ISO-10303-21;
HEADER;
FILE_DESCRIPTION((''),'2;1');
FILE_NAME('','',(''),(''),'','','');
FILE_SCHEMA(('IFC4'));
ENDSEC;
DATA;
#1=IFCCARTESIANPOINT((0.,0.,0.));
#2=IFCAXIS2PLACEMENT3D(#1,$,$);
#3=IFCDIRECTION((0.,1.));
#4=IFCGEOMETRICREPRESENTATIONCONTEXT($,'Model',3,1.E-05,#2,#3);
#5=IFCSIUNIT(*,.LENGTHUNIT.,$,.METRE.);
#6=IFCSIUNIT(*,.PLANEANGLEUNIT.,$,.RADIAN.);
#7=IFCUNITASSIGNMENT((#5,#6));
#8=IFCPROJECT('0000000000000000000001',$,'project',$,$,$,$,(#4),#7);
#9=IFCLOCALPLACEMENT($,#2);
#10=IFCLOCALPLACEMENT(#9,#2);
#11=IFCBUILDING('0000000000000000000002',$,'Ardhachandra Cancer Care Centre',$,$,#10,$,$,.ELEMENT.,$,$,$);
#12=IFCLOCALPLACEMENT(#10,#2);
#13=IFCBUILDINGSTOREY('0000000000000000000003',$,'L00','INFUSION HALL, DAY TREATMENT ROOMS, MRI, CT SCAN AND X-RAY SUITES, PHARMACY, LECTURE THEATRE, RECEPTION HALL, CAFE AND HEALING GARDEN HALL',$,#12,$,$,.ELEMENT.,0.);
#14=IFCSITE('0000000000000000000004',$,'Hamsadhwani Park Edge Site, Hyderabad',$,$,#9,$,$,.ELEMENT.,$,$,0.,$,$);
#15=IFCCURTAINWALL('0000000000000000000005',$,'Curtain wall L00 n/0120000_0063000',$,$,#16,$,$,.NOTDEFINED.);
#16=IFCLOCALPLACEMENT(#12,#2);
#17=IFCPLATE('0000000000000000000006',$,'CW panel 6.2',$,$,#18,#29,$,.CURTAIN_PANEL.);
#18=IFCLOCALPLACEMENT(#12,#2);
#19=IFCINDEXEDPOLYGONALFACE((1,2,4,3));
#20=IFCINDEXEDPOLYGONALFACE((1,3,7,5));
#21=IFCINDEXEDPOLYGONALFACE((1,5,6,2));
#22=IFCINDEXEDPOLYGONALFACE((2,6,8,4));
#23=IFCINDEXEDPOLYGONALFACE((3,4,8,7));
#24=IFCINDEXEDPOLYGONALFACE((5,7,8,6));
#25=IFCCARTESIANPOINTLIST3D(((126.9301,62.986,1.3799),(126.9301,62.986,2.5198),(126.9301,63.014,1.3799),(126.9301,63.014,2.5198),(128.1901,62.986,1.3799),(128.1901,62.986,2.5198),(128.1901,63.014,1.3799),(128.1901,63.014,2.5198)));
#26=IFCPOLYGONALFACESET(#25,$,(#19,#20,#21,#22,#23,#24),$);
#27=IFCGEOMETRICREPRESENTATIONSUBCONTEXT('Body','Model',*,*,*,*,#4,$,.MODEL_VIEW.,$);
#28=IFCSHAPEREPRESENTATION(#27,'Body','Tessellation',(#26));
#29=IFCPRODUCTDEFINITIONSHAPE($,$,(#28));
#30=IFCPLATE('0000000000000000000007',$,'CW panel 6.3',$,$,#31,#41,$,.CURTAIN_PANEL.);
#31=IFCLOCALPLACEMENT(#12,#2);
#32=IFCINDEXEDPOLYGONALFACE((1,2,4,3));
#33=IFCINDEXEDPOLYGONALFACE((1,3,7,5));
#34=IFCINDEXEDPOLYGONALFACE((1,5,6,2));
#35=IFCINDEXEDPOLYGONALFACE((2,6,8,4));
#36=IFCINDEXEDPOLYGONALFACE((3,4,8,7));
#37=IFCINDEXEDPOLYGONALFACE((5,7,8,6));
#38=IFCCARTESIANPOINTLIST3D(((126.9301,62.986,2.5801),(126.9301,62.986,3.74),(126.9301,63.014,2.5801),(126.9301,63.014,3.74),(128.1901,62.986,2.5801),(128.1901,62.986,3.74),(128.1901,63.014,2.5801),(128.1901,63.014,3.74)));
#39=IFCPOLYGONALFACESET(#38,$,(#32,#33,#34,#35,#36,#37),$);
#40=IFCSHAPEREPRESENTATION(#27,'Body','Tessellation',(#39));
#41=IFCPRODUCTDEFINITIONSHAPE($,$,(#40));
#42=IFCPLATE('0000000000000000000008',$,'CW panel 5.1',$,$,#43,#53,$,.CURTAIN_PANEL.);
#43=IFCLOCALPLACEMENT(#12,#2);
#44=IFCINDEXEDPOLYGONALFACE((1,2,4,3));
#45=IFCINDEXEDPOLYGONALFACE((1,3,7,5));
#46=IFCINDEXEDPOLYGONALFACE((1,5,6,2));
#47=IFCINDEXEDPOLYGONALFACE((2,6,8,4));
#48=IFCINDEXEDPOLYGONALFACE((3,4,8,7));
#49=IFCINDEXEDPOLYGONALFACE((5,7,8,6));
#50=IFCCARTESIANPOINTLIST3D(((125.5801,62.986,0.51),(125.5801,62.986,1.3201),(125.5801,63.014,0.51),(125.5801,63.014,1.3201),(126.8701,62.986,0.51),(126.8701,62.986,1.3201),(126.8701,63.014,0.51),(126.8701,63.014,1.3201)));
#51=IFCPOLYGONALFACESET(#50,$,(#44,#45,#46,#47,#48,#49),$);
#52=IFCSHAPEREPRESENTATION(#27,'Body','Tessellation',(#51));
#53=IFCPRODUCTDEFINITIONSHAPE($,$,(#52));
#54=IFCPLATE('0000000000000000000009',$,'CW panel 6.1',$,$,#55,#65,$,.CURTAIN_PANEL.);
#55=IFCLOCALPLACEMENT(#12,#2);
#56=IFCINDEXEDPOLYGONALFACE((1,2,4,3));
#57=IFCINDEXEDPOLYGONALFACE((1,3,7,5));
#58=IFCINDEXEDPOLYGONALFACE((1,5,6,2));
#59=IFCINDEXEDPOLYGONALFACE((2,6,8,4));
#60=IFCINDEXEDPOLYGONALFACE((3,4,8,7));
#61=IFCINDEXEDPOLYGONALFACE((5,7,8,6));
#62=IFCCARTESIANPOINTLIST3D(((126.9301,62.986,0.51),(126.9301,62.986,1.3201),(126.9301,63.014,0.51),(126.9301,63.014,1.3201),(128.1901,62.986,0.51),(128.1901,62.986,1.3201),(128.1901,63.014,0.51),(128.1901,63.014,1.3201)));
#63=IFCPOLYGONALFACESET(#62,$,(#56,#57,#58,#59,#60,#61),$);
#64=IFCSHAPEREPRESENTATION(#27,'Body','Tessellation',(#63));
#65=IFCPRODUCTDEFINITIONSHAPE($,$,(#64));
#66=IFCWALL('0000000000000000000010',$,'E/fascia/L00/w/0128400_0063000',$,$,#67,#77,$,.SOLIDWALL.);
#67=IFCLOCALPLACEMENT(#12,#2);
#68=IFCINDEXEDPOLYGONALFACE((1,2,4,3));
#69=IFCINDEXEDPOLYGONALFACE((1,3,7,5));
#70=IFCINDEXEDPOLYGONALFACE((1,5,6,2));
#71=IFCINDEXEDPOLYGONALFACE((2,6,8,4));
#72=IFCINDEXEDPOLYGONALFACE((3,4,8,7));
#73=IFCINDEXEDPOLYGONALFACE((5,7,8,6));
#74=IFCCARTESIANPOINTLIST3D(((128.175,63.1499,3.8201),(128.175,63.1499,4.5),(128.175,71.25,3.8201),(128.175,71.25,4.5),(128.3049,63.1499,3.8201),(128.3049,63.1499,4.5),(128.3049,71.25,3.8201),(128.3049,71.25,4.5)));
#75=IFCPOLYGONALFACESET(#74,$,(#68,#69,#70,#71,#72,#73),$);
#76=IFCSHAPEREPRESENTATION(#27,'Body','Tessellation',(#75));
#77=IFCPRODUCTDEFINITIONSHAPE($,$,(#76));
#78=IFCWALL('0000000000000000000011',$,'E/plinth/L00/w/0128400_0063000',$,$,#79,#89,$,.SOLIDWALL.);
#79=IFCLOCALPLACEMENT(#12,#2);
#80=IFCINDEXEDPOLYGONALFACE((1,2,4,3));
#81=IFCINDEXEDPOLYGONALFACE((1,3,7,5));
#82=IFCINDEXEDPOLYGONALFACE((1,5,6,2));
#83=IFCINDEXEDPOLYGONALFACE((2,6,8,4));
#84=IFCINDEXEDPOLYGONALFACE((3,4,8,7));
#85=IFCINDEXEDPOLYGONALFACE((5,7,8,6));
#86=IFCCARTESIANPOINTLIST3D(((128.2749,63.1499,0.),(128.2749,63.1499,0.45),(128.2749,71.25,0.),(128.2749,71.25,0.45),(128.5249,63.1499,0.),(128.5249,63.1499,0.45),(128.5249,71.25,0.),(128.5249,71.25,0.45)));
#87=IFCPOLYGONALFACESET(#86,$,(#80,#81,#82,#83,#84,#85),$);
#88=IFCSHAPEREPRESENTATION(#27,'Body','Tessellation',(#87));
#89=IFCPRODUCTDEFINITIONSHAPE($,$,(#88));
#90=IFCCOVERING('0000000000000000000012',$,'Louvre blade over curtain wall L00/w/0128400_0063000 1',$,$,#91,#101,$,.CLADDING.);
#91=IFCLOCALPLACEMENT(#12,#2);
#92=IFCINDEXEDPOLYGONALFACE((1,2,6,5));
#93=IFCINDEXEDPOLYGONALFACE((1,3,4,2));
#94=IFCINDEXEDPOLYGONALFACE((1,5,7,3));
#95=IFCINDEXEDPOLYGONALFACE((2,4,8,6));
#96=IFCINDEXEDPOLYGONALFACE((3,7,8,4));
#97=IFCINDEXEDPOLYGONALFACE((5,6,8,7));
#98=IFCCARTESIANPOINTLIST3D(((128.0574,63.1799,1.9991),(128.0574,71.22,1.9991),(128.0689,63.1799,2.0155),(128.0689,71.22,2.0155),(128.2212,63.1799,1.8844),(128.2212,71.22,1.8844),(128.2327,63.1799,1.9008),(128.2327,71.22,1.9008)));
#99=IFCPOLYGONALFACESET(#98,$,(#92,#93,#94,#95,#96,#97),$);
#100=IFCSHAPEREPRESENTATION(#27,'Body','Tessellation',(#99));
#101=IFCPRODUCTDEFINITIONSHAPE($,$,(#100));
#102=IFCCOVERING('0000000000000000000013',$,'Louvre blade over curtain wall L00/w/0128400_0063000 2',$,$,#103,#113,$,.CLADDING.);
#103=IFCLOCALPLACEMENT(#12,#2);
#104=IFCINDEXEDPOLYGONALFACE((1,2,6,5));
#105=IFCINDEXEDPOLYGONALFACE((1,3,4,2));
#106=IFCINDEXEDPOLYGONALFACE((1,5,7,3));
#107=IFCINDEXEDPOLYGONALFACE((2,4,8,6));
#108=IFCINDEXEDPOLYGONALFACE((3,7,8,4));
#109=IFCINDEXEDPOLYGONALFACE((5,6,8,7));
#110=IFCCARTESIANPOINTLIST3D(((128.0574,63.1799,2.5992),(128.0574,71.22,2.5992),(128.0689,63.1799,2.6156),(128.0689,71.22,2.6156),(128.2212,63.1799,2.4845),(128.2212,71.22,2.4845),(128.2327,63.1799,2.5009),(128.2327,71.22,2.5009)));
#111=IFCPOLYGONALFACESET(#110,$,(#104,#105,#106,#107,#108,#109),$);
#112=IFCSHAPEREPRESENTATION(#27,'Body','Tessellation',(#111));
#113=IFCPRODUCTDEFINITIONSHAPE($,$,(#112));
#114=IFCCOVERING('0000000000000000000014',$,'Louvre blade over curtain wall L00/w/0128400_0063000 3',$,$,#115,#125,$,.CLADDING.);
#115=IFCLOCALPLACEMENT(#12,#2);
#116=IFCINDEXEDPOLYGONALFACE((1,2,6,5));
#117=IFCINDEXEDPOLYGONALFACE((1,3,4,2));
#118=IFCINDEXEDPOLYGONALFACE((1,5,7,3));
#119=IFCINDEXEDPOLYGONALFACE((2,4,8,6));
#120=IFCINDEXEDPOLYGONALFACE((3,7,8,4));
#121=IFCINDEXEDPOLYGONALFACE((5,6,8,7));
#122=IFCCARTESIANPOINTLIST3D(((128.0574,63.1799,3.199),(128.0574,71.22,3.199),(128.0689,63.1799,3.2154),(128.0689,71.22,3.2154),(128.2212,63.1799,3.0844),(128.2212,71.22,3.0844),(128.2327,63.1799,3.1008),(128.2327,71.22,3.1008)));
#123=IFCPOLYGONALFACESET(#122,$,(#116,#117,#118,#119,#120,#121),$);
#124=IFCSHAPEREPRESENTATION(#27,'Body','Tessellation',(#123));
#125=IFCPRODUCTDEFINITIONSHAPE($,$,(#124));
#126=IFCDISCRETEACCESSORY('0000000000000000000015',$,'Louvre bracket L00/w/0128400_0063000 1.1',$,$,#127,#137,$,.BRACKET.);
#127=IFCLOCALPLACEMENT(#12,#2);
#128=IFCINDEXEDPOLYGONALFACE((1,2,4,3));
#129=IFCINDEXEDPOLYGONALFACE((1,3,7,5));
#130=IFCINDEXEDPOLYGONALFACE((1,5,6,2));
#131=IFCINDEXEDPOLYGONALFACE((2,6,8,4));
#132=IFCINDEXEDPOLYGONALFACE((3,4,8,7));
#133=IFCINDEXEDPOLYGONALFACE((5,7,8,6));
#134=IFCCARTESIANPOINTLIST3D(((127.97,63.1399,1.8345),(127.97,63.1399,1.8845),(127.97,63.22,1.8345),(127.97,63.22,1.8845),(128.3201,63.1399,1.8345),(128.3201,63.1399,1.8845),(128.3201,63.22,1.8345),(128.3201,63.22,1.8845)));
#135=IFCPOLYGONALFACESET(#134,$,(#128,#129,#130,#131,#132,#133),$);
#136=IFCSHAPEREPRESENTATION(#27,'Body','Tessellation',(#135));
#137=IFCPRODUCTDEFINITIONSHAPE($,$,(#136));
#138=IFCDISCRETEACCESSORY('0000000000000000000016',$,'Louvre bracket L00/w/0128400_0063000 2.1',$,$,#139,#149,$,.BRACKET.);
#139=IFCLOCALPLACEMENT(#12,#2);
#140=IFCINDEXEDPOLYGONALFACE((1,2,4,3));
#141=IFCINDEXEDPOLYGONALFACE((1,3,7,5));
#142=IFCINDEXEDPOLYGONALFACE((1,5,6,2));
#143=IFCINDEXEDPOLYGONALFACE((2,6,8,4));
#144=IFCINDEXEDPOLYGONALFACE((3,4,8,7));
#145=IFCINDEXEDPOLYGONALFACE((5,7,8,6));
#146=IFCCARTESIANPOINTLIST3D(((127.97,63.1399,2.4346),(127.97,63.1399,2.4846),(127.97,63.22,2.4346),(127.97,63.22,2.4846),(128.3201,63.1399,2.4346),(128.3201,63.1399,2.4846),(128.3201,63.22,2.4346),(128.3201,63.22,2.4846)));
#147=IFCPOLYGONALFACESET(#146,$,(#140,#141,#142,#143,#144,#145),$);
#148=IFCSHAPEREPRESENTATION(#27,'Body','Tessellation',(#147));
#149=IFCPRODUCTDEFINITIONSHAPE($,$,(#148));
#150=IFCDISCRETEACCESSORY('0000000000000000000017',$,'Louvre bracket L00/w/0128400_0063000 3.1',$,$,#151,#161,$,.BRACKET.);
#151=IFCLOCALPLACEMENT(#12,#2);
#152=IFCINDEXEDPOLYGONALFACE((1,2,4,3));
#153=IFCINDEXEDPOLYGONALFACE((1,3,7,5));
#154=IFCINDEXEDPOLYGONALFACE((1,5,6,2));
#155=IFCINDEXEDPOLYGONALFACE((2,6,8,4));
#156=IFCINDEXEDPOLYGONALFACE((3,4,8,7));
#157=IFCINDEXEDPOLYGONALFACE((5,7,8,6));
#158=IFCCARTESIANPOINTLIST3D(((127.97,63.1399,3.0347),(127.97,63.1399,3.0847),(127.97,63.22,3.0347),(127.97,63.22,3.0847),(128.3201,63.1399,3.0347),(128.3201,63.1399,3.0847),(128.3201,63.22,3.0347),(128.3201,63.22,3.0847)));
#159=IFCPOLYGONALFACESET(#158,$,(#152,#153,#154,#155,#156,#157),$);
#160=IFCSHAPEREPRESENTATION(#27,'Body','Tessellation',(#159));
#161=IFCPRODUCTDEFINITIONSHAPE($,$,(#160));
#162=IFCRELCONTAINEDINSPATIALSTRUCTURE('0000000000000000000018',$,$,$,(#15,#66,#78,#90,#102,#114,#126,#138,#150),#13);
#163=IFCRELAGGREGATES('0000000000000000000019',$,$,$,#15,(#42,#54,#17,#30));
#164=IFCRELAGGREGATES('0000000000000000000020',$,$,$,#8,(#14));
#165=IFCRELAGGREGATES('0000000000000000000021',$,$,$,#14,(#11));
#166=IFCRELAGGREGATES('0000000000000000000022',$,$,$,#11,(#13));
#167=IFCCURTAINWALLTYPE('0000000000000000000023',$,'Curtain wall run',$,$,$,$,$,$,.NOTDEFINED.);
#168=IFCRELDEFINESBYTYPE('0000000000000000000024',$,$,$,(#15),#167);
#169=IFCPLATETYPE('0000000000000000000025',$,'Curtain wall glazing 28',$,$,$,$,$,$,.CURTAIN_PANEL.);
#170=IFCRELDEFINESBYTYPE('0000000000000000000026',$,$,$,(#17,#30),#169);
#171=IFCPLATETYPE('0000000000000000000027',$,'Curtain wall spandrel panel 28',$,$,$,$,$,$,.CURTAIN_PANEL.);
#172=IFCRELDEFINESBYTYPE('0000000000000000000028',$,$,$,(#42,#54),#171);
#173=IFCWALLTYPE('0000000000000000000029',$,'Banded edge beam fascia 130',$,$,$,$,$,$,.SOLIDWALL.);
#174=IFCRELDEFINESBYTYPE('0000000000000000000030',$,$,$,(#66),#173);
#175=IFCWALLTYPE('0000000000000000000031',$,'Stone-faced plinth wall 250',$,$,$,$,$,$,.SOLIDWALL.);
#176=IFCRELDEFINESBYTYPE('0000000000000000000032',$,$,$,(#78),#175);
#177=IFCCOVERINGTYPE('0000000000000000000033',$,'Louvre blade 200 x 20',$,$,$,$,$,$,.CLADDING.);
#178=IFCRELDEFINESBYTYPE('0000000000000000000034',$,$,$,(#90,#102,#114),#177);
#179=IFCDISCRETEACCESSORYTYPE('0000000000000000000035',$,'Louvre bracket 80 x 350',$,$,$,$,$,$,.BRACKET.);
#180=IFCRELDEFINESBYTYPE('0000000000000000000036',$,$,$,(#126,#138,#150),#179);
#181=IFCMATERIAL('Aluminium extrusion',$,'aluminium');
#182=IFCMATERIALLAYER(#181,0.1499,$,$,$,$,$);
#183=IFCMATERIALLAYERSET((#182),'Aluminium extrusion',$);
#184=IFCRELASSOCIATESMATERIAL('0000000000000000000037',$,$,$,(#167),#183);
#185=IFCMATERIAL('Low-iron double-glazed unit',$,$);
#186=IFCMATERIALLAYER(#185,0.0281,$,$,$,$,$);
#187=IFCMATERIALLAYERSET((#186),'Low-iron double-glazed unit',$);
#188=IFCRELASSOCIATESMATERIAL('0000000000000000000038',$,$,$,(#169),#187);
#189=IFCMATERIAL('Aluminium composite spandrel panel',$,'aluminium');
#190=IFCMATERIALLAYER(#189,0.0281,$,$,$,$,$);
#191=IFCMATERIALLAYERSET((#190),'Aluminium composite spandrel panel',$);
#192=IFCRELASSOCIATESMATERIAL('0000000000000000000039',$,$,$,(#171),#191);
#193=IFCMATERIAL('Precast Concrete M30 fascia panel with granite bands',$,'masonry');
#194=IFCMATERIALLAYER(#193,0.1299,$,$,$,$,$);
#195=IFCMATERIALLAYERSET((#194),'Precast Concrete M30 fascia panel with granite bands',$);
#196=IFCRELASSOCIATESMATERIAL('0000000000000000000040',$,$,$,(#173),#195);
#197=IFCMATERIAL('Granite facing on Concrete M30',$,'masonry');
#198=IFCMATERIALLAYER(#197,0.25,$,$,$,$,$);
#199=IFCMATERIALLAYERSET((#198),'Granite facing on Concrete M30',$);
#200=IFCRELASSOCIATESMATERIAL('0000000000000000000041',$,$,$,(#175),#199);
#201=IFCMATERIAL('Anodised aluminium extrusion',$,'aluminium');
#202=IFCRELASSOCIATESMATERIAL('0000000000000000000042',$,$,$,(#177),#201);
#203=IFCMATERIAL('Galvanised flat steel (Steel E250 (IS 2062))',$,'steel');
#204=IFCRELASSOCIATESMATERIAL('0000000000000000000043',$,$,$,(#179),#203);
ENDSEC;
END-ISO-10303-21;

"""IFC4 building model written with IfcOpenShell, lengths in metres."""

from ifc_helpers import new_model, si_unit, direction, frame, frame_2d, origin, origin_2d, place, context, subcontext, project, spatial, rectangle, extrude, material, layer, layer_set, material_profile, profile_set, type_object, element, aggregate, save


model = new_model("IFC4")

# Units and contexts
model_context = context("Model", 3, precision=1e-05, world=origin(), true_north=direction((0.0, 1.0)))
body_context = subcontext(model_context, "Body", "Model", "MODEL_VIEW")
ifc_project = project(units=[si_unit("LENGTHUNIT", "METRE"), si_unit("PLANEANGLEUNIT", "RADIAN")], contexts=[model_context])

# Site, building, storey
site_placement = place(None, origin())
site = spatial("IfcSite", under=ifc_project, at=site_placement, Name="Hamsadhwani Park Edge Site, Hyderabad", CompositionType="ELEMENT", RefElevation=0.0)
building_placement = place(site_placement, origin())
building = spatial("IfcBuilding", under=site, at=building_placement, Name="Ardhachandra Cancer Care Centre", CompositionType="ELEMENT")
storey_placement = place(building_placement, origin())
storey = spatial("IfcBuildingStorey", under=building, at=storey_placement, Name="L00", Description="INFUSION HALL, DAY TREATMENT ROOMS, MRI, CT SCAN AND X-RAY SUITES, PHARMACY, LECTURE THEATRE, RECEPTION HALL, CAFE AND HEALING GARDEN HALL", CompositionType="ELEMENT", Elevation=0.0)

# Curtain wall
ifc_material_1 = material(Name="Aluminium extrusion", Category="aluminium")
ifc_layer_1 = layer(ifc_material_1, 0.1499)
ifc_layer_set_1 = layer_set([ifc_layer_1], Name="Aluminium extrusion")
curtain_wall_type = type_object("IfcCurtainWallType", Name="Curtain wall run", PredefinedType="NOTDEFINED", material=ifc_layer_set_1)
curtain_wall_1_placement = place(storey_placement, origin())
curtain_wall_1 = element("IfcCurtainWall", 1, at=curtain_wall_1_placement, inside=storey, type_object=curtain_wall_type, Name="Curtain wall L00 n/0120000_0063000", PredefinedType="NOTDEFINED")

# Plates
ifc_material_2 = material(Name="Low-iron double-glazed unit")
ifc_layer_2 = layer(ifc_material_2, 0.0281)
ifc_layer_set_2 = layer_set([ifc_layer_2], Name="Low-iron double-glazed unit")
plate_type_1 = type_object("IfcPlateType", Name="Curtain wall glazing 28", PredefinedType="CURTAIN_PANEL", material=ifc_layer_set_2)
plate_1_placement = place(storey_placement, frame((127.5601, 63.0, 1.3799), z_axis=(0.0, 0.0, 1.0), x_axis=(1.0, 0.0, 0.0)))
plate_1 = element("IfcPlate", 2, at=plate_1_placement, type_object=plate_type_1, Name="CW panel 6.2", PredefinedType="CURTAIN_PANEL", context=body_context, shape_type="SweptSolid", body=[
    extrude(rectangle(XDim=1.26, YDim=0.0281, at=origin_2d()), origin(), (0.0, 0.0, 1.0), 1.1399),
])
plate_2_placement = place(storey_placement, frame((127.5601, 63.0, 2.5801), z_axis=(0.0, 0.0, 1.0), x_axis=(1.0, 0.0, 0.0)))
plate_2 = element("IfcPlate", 3, at=plate_2_placement, type_object=plate_type_1, Name="CW panel 6.3", PredefinedType="CURTAIN_PANEL", context=body_context, shape_type="SweptSolid", body=[
    extrude(rectangle(XDim=1.26, YDim=0.0281, at=origin_2d()), origin(), (0.0, 0.0, 1.0), 1.1599),
])
ifc_material_3 = material(Name="Aluminium composite spandrel panel", Category="aluminium")
ifc_layer_3 = layer(ifc_material_3, 0.0281)
ifc_layer_set_3 = layer_set([ifc_layer_3], Name="Aluminium composite spandrel panel")
plate_type_2 = type_object("IfcPlateType", Name="Curtain wall spandrel panel 28", PredefinedType="CURTAIN_PANEL", material=ifc_layer_set_3)
plate_3_placement = place(storey_placement, frame((126.2251, 63.0, 0.51), z_axis=(0.0, 0.0, 1.0), x_axis=(1.0, 0.0, 0.0)))
plate_3 = element("IfcPlate", 4, at=plate_3_placement, type_object=plate_type_2, Name="CW panel 5.1", PredefinedType="CURTAIN_PANEL", context=body_context, shape_type="SweptSolid", body=[
    extrude(rectangle(XDim=1.29, YDim=0.0281, at=origin_2d()), origin(), (0.0, 0.0, 1.0), 0.8101),
])
plate_4_placement = place(storey_placement, frame((127.5601, 63.0, 0.51), z_axis=(0.0, 0.0, 1.0), x_axis=(1.0, 0.0, 0.0)))
plate_4 = element("IfcPlate", 5, at=plate_4_placement, type_object=plate_type_2, Name="CW panel 6.1", PredefinedType="CURTAIN_PANEL", context=body_context, shape_type="SweptSolid", body=[
    extrude(rectangle(XDim=1.26, YDim=0.0281, at=origin_2d()), origin(), (0.0, 0.0, 1.0), 0.8101),
])
aggregate(curtain_wall_1, [plate_3, plate_4, plate_1, plate_2])

# Walls
ifc_material_4 = material(Name="Precast Concrete M30 fascia panel with granite bands", Category="masonry")
ifc_layer_4 = layer(ifc_material_4, 0.1299)
ifc_layer_set_4 = layer_set([ifc_layer_4], Name="Precast Concrete M30 fascia panel with granite bands")
wall_type_1 = type_object("IfcWallType", Name="Banded edge beam fascia 130", PredefinedType="SOLIDWALL", material=ifc_layer_set_4)
wall_1_placement = place(storey_placement, frame((128.24, 63.1499, 3.8201), z_axis=(0.0, 0.0, 1.0), x_axis=(0.0, 1.0, 0.0)))
element("IfcWall", 6, at=wall_1_placement, inside=storey, type_object=wall_type_1, Name="E/fascia/L00/w/0128400_0063000", PredefinedType="SOLIDWALL", context=body_context, shape_type="SweptSolid", body=[
    extrude(rectangle(XDim=8.1001, YDim=0.1299, at=frame_2d((4.05, 0.0))), origin(), (0.0, 0.0, 1.0), 0.6799),
])
ifc_material_5 = material(Name="Granite facing on Concrete M30", Category="masonry")
ifc_layer_5 = layer(ifc_material_5, 0.25)
ifc_layer_set_5 = layer_set([ifc_layer_5], Name="Granite facing on Concrete M30")
wall_type_2 = type_object("IfcWallType", Name="Stone-faced plinth wall 250", PredefinedType="SOLIDWALL", material=ifc_layer_set_5)
wall_2_placement = place(storey_placement, frame((128.3999, 63.1499, 0.0), z_axis=(0.0, 0.0, 1.0), x_axis=(0.0, 1.0, 0.0)))
element("IfcWall", 7, at=wall_2_placement, inside=storey, type_object=wall_type_2, Name="E/plinth/L00/w/0128400_0063000", PredefinedType="SOLIDWALL", context=body_context, shape_type="SweptSolid", body=[
    extrude(rectangle(XDim=8.1001, YDim=0.25, at=frame_2d((4.05, 0.0))), origin(), (0.0, 0.0, 1.0), 0.45),
])

# Coverings
ifc_material_6 = material(Name="Anodised aluminium extrusion", Category="aluminium")
ifc_material_profile_1 = material_profile(ifc_material_6, rectangle(XDim=0.2, YDim=0.02, at=origin_2d()), Name="Louvre blade 200 x 20")
ifc_profile_set_1 = profile_set([ifc_material_profile_1], Name="Anodised aluminium extrusion")
covering_type = type_object("IfcCoveringType", Name="Louvre blade 200 x 20", PredefinedType="CLADDING", material=ifc_profile_set_1)
for number, where, z_axis, x_axis, name in (
    (8, (128.145, 63.1799, 1.95), (0.0, 1.0, 0.0), (-0.819152, 0.0, 0.573576), "Louvre blade over curtain wall L00/w/0128400_0063000 1"),
    (9, (128.145, 63.1799, 2.55), (0.0, 1.0, 0.0), (-0.819152, 0.0, 0.573576), "Louvre blade over curtain wall L00/w/0128400_0063000 2"),
    (10, (128.145, 63.1799, 3.1499), (0.0, 1.0, 0.0), (-0.819152, 0.0, 0.573576), "Louvre blade over curtain wall L00/w/0128400_0063000 3"),
):
    element("IfcCovering", number, at=place(storey_placement, frame(where, z_axis=z_axis, x_axis=x_axis)), inside=storey, type_object=covering_type, Name=name, PredefinedType="CLADDING", context=body_context, shape_type="SweptSolid", body=[
        extrude(rectangle(XDim=0.2, YDim=0.02, at=origin_2d()), origin(), (0.0, 0.0, 1.0), 8.04),
    ])

# Discrete accessories
ifc_material_7 = material(Name="Galvanised flat steel (Steel E250 (IS 2062))", Category="steel")
discrete_accessory_type = type_object("IfcDiscreteAccessoryType", Name="Louvre bracket 80 x 350", PredefinedType="BRACKET", material=ifc_material_7)
for number, where, z_axis, x_axis, name in (
    (11, (128.145, 63.1799, 1.8345), (0.0, 0.0, 1.0), (0.0, 1.0, 0.0), "Louvre bracket L00/w/0128400_0063000 1.1"),
    (12, (128.145, 63.1799, 2.4346), (0.0, 0.0, 1.0), (0.0, 1.0, 0.0), "Louvre bracket L00/w/0128400_0063000 2.1"),
    (13, (128.145, 63.1799, 3.0347), (0.0, 0.0, 1.0), (0.0, 1.0, 0.0), "Louvre bracket L00/w/0128400_0063000 3.1"),
):
    element("IfcDiscreteAccessory", number, at=place(storey_placement, frame(where, z_axis=z_axis, x_axis=x_axis)), inside=storey, type_object=discrete_accessory_type, Name=name, PredefinedType="BRACKET", context=body_context, shape_type="SweptSolid", body=[
        extrude(rectangle(XDim=0.0801, YDim=0.3501, at=origin_2d()), origin(), (0.0, 0.0, 1.0), 0.05),
    ])

save(model, "model.ifc")
